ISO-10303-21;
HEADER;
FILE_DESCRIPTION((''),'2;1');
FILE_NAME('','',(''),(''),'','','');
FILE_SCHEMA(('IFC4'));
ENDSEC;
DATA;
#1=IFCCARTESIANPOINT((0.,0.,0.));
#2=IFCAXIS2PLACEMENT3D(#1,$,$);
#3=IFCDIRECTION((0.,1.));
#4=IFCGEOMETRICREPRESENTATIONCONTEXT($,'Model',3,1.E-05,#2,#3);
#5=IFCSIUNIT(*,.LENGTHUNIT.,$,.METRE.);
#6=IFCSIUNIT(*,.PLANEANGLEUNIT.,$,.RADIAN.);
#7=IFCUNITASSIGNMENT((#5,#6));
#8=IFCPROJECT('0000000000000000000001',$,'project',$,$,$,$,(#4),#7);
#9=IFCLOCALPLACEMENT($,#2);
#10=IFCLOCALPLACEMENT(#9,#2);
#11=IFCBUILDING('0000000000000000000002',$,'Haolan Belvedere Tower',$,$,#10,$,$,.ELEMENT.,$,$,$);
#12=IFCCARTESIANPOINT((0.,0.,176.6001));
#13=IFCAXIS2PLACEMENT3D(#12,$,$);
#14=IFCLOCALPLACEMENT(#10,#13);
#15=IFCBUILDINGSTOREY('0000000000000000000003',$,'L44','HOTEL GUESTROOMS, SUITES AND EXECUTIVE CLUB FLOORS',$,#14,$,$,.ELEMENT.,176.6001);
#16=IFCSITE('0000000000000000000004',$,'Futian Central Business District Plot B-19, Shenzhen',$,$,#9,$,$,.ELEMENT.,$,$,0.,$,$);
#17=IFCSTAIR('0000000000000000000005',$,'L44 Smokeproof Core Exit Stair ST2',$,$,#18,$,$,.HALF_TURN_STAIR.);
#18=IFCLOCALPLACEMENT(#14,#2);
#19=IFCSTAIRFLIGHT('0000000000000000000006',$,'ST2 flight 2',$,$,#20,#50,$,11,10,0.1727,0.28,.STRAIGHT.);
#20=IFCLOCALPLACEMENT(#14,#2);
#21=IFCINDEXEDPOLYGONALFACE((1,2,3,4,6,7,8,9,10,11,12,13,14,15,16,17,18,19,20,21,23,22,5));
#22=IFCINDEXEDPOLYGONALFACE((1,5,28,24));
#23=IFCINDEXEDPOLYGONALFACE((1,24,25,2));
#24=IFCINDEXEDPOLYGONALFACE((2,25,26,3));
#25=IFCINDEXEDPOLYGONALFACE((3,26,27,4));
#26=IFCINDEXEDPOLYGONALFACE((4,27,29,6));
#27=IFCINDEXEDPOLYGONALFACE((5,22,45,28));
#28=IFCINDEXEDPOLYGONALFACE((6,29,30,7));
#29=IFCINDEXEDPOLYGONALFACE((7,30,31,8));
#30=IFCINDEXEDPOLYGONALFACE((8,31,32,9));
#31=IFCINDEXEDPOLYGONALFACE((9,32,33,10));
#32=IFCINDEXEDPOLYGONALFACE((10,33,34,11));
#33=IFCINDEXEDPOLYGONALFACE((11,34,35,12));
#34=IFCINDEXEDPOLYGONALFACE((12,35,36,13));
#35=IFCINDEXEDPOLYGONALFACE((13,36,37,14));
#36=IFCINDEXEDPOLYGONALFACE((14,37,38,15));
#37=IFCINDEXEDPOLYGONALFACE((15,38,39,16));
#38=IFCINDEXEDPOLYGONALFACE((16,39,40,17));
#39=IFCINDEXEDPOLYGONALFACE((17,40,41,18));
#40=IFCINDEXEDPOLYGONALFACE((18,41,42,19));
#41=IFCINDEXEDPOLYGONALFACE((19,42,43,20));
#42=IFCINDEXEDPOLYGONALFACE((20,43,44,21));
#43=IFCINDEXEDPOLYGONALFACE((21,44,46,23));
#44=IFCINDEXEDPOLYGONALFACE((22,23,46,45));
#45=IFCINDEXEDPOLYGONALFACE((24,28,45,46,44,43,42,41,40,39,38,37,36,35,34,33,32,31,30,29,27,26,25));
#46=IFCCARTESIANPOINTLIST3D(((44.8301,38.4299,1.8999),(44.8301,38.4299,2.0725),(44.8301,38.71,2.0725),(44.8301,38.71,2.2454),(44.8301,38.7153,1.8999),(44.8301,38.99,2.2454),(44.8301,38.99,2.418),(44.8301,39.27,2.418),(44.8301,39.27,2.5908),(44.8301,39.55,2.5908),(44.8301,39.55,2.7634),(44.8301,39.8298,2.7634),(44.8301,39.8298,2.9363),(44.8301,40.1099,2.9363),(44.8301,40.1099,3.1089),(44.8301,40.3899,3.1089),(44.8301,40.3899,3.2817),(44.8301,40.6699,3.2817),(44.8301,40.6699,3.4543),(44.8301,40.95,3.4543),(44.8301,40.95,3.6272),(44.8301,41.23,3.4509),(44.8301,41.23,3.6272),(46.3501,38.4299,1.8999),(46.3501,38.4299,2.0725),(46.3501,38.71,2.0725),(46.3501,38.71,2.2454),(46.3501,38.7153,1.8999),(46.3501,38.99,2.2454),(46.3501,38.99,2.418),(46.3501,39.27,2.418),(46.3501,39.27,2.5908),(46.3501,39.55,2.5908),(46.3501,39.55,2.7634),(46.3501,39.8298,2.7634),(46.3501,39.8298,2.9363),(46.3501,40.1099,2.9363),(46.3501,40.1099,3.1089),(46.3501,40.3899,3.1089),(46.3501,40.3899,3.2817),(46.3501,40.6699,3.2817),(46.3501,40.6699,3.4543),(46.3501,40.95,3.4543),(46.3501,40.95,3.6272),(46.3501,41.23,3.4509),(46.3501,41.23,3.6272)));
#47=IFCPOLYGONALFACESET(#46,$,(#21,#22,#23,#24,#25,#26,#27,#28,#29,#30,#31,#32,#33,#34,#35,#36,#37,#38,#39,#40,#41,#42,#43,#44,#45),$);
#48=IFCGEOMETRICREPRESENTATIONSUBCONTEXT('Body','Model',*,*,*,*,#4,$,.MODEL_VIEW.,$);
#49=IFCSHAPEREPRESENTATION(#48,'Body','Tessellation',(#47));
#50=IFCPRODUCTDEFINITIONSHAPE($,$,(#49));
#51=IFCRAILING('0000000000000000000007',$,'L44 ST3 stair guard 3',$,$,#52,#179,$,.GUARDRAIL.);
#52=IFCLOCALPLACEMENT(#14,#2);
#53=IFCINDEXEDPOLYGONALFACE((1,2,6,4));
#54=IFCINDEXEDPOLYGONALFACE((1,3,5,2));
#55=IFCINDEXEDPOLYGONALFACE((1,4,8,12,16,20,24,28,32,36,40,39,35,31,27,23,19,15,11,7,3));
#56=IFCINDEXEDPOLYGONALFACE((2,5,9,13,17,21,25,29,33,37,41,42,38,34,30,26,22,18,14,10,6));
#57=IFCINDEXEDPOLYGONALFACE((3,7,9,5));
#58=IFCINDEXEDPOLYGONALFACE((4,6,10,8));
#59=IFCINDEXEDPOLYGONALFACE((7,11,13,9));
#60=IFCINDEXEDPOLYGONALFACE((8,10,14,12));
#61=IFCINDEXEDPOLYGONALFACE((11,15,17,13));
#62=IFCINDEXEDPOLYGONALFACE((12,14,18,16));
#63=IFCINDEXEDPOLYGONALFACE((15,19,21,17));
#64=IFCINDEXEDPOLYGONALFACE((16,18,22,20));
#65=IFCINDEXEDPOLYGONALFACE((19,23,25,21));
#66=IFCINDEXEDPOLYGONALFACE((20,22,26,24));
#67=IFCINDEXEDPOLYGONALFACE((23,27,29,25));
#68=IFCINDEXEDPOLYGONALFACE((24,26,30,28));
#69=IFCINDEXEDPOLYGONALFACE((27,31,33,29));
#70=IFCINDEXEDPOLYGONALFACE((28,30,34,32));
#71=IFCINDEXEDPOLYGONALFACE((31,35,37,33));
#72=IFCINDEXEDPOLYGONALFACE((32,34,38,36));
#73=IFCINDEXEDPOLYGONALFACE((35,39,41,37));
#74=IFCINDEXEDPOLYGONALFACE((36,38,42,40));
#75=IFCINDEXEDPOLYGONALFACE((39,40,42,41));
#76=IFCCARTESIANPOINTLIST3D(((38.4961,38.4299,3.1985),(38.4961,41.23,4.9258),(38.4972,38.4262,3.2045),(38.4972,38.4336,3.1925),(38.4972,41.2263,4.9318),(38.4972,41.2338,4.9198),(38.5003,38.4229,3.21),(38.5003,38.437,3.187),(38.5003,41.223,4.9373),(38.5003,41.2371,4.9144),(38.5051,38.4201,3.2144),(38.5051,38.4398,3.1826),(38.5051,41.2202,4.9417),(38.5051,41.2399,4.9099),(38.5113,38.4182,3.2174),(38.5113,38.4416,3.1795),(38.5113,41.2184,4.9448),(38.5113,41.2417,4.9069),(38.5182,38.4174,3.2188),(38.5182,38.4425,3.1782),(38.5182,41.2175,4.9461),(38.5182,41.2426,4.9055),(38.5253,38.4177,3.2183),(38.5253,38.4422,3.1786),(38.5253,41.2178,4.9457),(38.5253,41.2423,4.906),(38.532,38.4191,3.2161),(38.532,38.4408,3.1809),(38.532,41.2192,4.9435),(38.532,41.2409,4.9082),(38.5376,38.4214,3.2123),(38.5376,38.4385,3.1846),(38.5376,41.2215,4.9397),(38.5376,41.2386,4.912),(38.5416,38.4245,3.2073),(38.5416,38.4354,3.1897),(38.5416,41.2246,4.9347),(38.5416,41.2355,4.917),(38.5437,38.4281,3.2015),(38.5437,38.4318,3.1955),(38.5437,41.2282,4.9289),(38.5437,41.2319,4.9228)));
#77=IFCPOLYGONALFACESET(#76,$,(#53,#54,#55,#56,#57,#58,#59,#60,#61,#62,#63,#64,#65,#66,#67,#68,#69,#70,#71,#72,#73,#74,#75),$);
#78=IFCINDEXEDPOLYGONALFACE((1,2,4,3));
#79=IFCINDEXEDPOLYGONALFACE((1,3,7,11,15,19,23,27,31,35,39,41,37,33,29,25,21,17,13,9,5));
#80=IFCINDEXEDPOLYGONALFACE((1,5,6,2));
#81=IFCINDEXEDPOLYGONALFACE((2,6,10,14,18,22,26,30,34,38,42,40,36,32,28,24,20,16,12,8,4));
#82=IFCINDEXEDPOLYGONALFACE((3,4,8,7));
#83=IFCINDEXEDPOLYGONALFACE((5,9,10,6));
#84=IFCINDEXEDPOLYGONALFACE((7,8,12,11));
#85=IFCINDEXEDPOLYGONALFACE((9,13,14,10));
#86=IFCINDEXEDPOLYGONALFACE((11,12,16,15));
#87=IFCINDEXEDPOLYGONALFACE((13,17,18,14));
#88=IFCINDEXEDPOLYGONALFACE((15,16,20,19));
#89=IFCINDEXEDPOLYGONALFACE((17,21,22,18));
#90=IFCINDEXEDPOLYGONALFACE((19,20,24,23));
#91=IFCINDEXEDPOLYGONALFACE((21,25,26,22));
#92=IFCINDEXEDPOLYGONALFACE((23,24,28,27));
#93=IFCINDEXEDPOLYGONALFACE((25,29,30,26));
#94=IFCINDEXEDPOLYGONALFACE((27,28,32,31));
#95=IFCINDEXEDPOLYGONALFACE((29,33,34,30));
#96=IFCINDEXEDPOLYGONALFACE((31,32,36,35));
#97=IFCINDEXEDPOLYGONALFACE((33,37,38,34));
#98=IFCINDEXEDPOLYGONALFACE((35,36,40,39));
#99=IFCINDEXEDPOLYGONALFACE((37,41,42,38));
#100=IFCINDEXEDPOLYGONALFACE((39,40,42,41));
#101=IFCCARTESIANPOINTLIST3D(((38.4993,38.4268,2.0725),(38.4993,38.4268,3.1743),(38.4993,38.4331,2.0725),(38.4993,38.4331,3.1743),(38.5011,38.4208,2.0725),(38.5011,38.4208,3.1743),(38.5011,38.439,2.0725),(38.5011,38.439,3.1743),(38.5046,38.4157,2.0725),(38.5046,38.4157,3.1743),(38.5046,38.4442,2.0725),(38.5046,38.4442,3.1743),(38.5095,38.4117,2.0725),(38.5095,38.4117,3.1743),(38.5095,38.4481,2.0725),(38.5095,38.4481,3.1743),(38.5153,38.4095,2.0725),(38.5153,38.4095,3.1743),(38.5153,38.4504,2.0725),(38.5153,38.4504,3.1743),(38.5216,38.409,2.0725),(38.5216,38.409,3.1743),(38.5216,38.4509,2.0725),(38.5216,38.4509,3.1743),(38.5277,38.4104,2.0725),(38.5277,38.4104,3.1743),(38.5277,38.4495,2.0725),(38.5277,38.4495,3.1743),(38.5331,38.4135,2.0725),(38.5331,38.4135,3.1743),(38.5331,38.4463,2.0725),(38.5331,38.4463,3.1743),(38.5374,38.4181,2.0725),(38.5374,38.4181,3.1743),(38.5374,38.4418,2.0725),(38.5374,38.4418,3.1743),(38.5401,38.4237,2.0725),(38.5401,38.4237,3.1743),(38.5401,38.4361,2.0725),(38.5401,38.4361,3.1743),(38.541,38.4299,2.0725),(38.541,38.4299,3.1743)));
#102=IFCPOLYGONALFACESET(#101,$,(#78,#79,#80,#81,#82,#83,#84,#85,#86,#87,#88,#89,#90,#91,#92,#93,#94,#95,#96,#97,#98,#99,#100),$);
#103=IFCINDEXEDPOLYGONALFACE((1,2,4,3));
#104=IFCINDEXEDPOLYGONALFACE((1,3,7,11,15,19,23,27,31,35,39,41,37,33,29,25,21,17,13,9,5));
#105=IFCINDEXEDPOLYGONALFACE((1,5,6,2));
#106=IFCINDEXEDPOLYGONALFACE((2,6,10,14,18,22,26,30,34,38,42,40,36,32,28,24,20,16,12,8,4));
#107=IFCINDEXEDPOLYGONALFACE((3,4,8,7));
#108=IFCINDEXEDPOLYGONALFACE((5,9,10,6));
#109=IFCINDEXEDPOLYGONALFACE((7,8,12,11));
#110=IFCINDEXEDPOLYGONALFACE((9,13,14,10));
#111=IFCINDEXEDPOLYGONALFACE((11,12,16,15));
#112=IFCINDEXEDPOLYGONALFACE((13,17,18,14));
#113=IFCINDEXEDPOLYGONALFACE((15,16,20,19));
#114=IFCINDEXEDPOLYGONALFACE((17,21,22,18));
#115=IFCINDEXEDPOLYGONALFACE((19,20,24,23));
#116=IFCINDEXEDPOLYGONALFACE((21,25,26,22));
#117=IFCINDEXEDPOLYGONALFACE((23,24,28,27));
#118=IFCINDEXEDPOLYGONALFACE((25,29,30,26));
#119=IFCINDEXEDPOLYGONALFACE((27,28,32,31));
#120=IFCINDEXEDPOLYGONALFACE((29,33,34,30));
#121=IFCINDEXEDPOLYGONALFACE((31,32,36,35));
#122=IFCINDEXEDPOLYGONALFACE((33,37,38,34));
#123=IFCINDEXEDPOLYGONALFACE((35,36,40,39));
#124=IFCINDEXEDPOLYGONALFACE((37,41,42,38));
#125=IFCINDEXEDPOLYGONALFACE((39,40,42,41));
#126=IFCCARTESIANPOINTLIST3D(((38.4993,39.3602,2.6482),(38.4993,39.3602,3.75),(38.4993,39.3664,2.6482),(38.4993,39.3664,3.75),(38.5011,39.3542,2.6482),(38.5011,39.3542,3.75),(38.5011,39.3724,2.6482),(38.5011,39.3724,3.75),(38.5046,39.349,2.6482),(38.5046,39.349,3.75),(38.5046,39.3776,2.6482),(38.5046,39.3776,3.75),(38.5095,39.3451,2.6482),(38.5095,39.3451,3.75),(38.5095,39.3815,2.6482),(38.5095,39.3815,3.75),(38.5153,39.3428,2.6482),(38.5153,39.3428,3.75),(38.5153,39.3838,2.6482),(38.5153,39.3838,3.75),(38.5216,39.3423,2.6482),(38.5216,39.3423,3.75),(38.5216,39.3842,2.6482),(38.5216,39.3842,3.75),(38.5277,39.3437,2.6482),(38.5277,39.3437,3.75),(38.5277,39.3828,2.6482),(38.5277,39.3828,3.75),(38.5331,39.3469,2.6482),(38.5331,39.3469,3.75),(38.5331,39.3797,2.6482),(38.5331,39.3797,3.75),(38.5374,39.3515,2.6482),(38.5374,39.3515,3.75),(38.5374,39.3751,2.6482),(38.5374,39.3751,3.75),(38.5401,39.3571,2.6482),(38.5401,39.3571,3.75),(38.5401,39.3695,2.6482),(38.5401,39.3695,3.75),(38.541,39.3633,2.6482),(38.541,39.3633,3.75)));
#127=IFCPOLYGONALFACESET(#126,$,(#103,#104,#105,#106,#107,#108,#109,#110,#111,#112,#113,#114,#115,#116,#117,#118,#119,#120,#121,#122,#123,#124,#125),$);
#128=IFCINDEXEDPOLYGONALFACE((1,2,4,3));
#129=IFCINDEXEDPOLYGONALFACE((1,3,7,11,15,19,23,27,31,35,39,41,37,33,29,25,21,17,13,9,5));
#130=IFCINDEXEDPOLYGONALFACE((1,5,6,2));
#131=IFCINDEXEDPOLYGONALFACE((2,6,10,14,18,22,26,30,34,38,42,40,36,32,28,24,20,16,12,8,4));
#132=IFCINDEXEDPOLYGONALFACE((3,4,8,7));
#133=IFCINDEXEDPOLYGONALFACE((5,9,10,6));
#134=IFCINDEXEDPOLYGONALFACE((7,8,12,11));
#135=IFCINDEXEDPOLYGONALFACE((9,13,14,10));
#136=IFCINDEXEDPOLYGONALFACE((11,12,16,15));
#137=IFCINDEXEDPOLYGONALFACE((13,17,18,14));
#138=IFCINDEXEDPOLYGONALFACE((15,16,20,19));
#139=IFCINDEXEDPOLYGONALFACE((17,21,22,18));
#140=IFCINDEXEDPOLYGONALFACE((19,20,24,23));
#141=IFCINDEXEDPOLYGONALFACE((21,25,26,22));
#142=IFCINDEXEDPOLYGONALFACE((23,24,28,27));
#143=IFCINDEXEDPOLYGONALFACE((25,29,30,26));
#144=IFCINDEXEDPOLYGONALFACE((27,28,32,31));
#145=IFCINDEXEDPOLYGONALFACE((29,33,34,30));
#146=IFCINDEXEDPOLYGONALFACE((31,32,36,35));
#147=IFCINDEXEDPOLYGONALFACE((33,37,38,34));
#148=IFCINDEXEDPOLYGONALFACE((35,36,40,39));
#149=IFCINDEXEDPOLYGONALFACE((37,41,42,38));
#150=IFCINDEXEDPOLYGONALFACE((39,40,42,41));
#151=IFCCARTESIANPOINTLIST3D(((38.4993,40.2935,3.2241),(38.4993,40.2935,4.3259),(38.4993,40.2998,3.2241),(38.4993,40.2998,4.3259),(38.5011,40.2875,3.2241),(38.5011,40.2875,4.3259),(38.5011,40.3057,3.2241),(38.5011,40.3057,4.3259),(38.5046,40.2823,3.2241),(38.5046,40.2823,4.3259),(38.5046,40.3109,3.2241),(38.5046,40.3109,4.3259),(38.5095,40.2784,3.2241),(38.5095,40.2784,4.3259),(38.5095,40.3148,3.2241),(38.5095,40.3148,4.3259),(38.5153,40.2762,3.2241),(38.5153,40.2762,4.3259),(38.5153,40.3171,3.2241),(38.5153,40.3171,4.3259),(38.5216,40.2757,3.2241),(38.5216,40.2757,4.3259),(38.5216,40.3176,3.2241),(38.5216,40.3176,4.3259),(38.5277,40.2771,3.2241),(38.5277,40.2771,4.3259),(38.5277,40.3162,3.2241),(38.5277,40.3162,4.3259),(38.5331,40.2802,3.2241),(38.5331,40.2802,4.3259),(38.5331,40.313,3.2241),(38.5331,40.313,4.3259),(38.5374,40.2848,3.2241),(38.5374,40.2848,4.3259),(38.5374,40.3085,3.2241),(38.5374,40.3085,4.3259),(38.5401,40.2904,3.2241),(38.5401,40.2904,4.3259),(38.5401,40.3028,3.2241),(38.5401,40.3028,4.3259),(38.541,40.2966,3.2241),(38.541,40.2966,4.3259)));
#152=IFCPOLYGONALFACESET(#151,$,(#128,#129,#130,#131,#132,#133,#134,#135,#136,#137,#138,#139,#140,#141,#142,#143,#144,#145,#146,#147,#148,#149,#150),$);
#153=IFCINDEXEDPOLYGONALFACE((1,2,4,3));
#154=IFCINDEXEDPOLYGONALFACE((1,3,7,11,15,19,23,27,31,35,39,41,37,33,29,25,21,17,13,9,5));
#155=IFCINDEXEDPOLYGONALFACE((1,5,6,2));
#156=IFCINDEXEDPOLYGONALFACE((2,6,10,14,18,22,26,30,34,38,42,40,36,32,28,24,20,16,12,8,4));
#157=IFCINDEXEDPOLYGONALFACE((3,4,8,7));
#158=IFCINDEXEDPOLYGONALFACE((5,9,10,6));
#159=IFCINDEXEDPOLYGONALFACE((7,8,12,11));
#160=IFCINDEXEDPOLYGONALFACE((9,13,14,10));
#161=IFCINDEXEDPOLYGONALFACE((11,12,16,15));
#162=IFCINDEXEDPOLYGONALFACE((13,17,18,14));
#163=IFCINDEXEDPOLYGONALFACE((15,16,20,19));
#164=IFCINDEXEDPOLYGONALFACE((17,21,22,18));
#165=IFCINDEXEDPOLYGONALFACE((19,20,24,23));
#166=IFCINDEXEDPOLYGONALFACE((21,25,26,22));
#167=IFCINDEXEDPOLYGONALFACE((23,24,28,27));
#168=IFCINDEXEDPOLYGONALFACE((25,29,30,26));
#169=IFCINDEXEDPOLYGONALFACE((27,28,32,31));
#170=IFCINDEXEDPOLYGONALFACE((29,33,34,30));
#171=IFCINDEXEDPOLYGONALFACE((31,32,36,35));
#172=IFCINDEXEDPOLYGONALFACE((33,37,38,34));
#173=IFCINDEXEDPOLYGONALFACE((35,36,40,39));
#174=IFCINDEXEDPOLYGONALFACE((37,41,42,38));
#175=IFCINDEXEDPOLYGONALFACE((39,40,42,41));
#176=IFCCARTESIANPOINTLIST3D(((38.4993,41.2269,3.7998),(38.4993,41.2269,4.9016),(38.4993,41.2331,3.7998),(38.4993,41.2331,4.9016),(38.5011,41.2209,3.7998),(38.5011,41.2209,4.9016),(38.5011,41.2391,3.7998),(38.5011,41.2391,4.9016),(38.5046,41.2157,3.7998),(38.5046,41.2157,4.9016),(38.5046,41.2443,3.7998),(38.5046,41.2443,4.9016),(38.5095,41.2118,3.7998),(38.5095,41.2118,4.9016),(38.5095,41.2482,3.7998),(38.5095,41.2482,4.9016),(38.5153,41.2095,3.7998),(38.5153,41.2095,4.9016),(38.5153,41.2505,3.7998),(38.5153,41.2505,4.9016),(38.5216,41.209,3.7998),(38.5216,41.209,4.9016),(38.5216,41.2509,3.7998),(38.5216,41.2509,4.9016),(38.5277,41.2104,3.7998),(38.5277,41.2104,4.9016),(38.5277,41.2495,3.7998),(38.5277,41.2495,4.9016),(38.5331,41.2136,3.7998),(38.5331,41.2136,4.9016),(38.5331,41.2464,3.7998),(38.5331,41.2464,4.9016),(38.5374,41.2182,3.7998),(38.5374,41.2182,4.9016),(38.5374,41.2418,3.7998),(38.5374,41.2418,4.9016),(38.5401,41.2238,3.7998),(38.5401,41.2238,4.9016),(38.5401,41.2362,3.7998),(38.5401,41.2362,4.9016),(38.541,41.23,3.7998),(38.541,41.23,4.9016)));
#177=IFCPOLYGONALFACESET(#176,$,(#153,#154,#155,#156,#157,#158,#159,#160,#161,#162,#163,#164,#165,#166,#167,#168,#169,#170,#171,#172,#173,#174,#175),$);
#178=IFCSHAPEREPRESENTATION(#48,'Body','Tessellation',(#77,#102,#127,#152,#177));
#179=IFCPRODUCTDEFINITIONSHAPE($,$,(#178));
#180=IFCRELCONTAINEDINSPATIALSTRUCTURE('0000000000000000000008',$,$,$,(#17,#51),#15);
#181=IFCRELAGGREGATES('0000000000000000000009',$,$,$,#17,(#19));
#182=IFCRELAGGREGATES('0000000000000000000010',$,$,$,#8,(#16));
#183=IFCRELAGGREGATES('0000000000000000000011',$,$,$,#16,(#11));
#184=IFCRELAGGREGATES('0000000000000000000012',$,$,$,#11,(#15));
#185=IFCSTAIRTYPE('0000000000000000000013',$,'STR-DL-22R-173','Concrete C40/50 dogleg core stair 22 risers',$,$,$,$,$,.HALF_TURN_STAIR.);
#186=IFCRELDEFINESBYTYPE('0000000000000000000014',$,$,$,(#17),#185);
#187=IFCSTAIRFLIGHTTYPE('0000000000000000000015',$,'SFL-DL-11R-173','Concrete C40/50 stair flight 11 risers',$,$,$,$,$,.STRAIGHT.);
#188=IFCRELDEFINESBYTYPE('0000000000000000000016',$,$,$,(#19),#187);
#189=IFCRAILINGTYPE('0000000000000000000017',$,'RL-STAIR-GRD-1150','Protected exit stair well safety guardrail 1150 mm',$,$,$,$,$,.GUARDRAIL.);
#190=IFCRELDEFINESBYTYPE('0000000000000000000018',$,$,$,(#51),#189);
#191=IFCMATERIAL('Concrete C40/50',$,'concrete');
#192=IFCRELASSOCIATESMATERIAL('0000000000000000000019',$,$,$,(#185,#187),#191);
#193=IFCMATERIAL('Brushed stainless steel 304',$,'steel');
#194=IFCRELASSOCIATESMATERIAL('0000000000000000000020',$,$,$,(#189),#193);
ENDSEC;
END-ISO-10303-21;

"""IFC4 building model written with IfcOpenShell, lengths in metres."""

from ifc_helpers import new_model, si_unit, direction, frame, origin, origin_2d, place, context, subcontext, project, spatial, polyline, circle, outline, extrude, material, type_object, element, aggregate, save


model = new_model("IFC4")

# Units and contexts
model_context = context("Model", 3, precision=1e-05, world=origin(), true_north=direction((0.0, 1.0)))
body_context = subcontext(model_context, "Body", "Model", "MODEL_VIEW")
ifc_project = project(units=[si_unit("LENGTHUNIT", "METRE"), si_unit("PLANEANGLEUNIT", "RADIAN")], contexts=[model_context])

# Site, building, storey
site_placement = place(None, origin())
site = spatial("IfcSite", under=ifc_project, at=site_placement, Name="Futian Central Business District Plot B-19, Shenzhen", CompositionType="ELEMENT", RefElevation=0.0)
building_placement = place(site_placement, origin())
building = spatial("IfcBuilding", under=site, at=building_placement, Name="Haolan Belvedere Tower", CompositionType="ELEMENT")
storey_placement = place(building_placement, frame((0.0, 0.0, 176.6001)))
storey = spatial("IfcBuildingStorey", under=building, at=storey_placement, Name="L44", Description="HOTEL GUESTROOMS, SUITES AND EXECUTIVE CLUB FLOORS", CompositionType="ELEMENT", Elevation=176.6001)

# Shared definitions
ifc_material_1 = material(Name="Concrete C40/50", Category="concrete")
stair_type = type_object("IfcStairType", Name="STR-DL-22R-173", Description="Concrete C40/50 dogleg core stair 22 risers", PredefinedType="HALF_TURN_STAIR", material=ifc_material_1)
stair_flight_type = type_object("IfcStairFlightType", Name="SFL-DL-11R-173", Description="Concrete C40/50 stair flight 11 risers", PredefinedType="STRAIGHT", material=ifc_material_1)

# Stair, stair flight
stair_1_placement = place(storey_placement, origin())
stair_1 = element("IfcStair", 1, at=stair_1_placement, inside=storey, type_object=stair_type, Name="L44 Smokeproof Core Exit Stair ST2", PredefinedType="HALF_TURN_STAIR")
stair_flight_1_placement = place(storey_placement, frame((45.5901, 38.4299, 1.8999), z_axis=(0.0, 0.0, 1.0), x_axis=(0.0, 1.0, 0.0)))
stair_flight_1 = element("IfcStairFlight", 2, at=stair_flight_1_placement, type_object=stair_flight_type, Name="ST2 flight 2", NumberOfRisers=11, NumberOfTreads=10, PredefinedType="STRAIGHT", RiserHeight=0.1727, TreadLength=0.28, context=body_context, shape_type="SweptSolid", body=[
    extrude(outline(polyline([(0.0, 0.0), (0.0, 0.1726), (0.28, 0.1726), (0.28, 0.3455), (0.5601, 0.3455), (0.5601, 0.5181), (0.8401, 0.5181), (0.8401, 0.6909), (1.1201, 0.6909), (1.1201, 0.8635), (1.3999, 0.8635), (1.3999, 1.0364), (1.6799, 1.0364), (1.6799, 1.209), (1.96, 1.209), (1.96, 1.3818), (2.24, 1.3818), (2.24, 1.5544), (2.52, 1.5544), (2.52, 1.7273), (2.8, 1.7273), (2.8, 1.8999), (2.8, 1.551), (0.2854, 0.0), (0.0, 0.0)])), frame((0.0, 0.76, 0.0), z_axis=(0.0, -1.0, 0.0), x_axis=(1.0, 0.0, 0.0)), (0.0, 0.0, 1.0), 1.52),
])
aggregate(stair_1, [stair_flight_1])

# Railing
ifc_material_2 = material(Name="Brushed stainless steel 304", Category="steel")
railing_type_1 = type_object("IfcRailingType", Name="RL-STAIR-GRD-1150", Description="Protected exit stair well safety guardrail 1150 mm", PredefinedType="GUARDRAIL", material=ifc_material_2)
railing_1_placement = place(storey_placement, frame((38.52, 38.4299, 2.0725)))
element("IfcRailing", 3, at=railing_1_placement, inside=storey, type_object=railing_type_1, Name="L44 ST3 stair guard 3", PredefinedType="GUARDRAIL", context=body_context, shape_type="SweptSolid", body=[
    extrude(circle(Radius=0.0239, at=origin_2d()), frame((0.0, 0.0, 1.126), z_axis=(0.0, 0.85109, 0.52502), x_axis=(-1.0, 0.0, 0.0)), (0.0, 0.0, 1.0), 3.29),
    extrude(circle(Radius=0.021, at=origin_2d()), origin(), (0.0, 0.0, 1.0), 1.1018),
    extrude(circle(Radius=0.021, at=origin_2d()), frame((0.0, 0.9333, 0.5757)), (0.0, 0.0, 1.0), 1.1018),
    extrude(circle(Radius=0.021, at=origin_2d()), frame((0.0, 1.8667, 1.1516)), (0.0, 0.0, 1.0), 1.1018),
    extrude(circle(Radius=0.021, at=origin_2d()), frame((0.0, 2.8, 1.7273)), (0.0, 0.0, 1.0), 1.1018),
])

save(model, "model.ifc")
